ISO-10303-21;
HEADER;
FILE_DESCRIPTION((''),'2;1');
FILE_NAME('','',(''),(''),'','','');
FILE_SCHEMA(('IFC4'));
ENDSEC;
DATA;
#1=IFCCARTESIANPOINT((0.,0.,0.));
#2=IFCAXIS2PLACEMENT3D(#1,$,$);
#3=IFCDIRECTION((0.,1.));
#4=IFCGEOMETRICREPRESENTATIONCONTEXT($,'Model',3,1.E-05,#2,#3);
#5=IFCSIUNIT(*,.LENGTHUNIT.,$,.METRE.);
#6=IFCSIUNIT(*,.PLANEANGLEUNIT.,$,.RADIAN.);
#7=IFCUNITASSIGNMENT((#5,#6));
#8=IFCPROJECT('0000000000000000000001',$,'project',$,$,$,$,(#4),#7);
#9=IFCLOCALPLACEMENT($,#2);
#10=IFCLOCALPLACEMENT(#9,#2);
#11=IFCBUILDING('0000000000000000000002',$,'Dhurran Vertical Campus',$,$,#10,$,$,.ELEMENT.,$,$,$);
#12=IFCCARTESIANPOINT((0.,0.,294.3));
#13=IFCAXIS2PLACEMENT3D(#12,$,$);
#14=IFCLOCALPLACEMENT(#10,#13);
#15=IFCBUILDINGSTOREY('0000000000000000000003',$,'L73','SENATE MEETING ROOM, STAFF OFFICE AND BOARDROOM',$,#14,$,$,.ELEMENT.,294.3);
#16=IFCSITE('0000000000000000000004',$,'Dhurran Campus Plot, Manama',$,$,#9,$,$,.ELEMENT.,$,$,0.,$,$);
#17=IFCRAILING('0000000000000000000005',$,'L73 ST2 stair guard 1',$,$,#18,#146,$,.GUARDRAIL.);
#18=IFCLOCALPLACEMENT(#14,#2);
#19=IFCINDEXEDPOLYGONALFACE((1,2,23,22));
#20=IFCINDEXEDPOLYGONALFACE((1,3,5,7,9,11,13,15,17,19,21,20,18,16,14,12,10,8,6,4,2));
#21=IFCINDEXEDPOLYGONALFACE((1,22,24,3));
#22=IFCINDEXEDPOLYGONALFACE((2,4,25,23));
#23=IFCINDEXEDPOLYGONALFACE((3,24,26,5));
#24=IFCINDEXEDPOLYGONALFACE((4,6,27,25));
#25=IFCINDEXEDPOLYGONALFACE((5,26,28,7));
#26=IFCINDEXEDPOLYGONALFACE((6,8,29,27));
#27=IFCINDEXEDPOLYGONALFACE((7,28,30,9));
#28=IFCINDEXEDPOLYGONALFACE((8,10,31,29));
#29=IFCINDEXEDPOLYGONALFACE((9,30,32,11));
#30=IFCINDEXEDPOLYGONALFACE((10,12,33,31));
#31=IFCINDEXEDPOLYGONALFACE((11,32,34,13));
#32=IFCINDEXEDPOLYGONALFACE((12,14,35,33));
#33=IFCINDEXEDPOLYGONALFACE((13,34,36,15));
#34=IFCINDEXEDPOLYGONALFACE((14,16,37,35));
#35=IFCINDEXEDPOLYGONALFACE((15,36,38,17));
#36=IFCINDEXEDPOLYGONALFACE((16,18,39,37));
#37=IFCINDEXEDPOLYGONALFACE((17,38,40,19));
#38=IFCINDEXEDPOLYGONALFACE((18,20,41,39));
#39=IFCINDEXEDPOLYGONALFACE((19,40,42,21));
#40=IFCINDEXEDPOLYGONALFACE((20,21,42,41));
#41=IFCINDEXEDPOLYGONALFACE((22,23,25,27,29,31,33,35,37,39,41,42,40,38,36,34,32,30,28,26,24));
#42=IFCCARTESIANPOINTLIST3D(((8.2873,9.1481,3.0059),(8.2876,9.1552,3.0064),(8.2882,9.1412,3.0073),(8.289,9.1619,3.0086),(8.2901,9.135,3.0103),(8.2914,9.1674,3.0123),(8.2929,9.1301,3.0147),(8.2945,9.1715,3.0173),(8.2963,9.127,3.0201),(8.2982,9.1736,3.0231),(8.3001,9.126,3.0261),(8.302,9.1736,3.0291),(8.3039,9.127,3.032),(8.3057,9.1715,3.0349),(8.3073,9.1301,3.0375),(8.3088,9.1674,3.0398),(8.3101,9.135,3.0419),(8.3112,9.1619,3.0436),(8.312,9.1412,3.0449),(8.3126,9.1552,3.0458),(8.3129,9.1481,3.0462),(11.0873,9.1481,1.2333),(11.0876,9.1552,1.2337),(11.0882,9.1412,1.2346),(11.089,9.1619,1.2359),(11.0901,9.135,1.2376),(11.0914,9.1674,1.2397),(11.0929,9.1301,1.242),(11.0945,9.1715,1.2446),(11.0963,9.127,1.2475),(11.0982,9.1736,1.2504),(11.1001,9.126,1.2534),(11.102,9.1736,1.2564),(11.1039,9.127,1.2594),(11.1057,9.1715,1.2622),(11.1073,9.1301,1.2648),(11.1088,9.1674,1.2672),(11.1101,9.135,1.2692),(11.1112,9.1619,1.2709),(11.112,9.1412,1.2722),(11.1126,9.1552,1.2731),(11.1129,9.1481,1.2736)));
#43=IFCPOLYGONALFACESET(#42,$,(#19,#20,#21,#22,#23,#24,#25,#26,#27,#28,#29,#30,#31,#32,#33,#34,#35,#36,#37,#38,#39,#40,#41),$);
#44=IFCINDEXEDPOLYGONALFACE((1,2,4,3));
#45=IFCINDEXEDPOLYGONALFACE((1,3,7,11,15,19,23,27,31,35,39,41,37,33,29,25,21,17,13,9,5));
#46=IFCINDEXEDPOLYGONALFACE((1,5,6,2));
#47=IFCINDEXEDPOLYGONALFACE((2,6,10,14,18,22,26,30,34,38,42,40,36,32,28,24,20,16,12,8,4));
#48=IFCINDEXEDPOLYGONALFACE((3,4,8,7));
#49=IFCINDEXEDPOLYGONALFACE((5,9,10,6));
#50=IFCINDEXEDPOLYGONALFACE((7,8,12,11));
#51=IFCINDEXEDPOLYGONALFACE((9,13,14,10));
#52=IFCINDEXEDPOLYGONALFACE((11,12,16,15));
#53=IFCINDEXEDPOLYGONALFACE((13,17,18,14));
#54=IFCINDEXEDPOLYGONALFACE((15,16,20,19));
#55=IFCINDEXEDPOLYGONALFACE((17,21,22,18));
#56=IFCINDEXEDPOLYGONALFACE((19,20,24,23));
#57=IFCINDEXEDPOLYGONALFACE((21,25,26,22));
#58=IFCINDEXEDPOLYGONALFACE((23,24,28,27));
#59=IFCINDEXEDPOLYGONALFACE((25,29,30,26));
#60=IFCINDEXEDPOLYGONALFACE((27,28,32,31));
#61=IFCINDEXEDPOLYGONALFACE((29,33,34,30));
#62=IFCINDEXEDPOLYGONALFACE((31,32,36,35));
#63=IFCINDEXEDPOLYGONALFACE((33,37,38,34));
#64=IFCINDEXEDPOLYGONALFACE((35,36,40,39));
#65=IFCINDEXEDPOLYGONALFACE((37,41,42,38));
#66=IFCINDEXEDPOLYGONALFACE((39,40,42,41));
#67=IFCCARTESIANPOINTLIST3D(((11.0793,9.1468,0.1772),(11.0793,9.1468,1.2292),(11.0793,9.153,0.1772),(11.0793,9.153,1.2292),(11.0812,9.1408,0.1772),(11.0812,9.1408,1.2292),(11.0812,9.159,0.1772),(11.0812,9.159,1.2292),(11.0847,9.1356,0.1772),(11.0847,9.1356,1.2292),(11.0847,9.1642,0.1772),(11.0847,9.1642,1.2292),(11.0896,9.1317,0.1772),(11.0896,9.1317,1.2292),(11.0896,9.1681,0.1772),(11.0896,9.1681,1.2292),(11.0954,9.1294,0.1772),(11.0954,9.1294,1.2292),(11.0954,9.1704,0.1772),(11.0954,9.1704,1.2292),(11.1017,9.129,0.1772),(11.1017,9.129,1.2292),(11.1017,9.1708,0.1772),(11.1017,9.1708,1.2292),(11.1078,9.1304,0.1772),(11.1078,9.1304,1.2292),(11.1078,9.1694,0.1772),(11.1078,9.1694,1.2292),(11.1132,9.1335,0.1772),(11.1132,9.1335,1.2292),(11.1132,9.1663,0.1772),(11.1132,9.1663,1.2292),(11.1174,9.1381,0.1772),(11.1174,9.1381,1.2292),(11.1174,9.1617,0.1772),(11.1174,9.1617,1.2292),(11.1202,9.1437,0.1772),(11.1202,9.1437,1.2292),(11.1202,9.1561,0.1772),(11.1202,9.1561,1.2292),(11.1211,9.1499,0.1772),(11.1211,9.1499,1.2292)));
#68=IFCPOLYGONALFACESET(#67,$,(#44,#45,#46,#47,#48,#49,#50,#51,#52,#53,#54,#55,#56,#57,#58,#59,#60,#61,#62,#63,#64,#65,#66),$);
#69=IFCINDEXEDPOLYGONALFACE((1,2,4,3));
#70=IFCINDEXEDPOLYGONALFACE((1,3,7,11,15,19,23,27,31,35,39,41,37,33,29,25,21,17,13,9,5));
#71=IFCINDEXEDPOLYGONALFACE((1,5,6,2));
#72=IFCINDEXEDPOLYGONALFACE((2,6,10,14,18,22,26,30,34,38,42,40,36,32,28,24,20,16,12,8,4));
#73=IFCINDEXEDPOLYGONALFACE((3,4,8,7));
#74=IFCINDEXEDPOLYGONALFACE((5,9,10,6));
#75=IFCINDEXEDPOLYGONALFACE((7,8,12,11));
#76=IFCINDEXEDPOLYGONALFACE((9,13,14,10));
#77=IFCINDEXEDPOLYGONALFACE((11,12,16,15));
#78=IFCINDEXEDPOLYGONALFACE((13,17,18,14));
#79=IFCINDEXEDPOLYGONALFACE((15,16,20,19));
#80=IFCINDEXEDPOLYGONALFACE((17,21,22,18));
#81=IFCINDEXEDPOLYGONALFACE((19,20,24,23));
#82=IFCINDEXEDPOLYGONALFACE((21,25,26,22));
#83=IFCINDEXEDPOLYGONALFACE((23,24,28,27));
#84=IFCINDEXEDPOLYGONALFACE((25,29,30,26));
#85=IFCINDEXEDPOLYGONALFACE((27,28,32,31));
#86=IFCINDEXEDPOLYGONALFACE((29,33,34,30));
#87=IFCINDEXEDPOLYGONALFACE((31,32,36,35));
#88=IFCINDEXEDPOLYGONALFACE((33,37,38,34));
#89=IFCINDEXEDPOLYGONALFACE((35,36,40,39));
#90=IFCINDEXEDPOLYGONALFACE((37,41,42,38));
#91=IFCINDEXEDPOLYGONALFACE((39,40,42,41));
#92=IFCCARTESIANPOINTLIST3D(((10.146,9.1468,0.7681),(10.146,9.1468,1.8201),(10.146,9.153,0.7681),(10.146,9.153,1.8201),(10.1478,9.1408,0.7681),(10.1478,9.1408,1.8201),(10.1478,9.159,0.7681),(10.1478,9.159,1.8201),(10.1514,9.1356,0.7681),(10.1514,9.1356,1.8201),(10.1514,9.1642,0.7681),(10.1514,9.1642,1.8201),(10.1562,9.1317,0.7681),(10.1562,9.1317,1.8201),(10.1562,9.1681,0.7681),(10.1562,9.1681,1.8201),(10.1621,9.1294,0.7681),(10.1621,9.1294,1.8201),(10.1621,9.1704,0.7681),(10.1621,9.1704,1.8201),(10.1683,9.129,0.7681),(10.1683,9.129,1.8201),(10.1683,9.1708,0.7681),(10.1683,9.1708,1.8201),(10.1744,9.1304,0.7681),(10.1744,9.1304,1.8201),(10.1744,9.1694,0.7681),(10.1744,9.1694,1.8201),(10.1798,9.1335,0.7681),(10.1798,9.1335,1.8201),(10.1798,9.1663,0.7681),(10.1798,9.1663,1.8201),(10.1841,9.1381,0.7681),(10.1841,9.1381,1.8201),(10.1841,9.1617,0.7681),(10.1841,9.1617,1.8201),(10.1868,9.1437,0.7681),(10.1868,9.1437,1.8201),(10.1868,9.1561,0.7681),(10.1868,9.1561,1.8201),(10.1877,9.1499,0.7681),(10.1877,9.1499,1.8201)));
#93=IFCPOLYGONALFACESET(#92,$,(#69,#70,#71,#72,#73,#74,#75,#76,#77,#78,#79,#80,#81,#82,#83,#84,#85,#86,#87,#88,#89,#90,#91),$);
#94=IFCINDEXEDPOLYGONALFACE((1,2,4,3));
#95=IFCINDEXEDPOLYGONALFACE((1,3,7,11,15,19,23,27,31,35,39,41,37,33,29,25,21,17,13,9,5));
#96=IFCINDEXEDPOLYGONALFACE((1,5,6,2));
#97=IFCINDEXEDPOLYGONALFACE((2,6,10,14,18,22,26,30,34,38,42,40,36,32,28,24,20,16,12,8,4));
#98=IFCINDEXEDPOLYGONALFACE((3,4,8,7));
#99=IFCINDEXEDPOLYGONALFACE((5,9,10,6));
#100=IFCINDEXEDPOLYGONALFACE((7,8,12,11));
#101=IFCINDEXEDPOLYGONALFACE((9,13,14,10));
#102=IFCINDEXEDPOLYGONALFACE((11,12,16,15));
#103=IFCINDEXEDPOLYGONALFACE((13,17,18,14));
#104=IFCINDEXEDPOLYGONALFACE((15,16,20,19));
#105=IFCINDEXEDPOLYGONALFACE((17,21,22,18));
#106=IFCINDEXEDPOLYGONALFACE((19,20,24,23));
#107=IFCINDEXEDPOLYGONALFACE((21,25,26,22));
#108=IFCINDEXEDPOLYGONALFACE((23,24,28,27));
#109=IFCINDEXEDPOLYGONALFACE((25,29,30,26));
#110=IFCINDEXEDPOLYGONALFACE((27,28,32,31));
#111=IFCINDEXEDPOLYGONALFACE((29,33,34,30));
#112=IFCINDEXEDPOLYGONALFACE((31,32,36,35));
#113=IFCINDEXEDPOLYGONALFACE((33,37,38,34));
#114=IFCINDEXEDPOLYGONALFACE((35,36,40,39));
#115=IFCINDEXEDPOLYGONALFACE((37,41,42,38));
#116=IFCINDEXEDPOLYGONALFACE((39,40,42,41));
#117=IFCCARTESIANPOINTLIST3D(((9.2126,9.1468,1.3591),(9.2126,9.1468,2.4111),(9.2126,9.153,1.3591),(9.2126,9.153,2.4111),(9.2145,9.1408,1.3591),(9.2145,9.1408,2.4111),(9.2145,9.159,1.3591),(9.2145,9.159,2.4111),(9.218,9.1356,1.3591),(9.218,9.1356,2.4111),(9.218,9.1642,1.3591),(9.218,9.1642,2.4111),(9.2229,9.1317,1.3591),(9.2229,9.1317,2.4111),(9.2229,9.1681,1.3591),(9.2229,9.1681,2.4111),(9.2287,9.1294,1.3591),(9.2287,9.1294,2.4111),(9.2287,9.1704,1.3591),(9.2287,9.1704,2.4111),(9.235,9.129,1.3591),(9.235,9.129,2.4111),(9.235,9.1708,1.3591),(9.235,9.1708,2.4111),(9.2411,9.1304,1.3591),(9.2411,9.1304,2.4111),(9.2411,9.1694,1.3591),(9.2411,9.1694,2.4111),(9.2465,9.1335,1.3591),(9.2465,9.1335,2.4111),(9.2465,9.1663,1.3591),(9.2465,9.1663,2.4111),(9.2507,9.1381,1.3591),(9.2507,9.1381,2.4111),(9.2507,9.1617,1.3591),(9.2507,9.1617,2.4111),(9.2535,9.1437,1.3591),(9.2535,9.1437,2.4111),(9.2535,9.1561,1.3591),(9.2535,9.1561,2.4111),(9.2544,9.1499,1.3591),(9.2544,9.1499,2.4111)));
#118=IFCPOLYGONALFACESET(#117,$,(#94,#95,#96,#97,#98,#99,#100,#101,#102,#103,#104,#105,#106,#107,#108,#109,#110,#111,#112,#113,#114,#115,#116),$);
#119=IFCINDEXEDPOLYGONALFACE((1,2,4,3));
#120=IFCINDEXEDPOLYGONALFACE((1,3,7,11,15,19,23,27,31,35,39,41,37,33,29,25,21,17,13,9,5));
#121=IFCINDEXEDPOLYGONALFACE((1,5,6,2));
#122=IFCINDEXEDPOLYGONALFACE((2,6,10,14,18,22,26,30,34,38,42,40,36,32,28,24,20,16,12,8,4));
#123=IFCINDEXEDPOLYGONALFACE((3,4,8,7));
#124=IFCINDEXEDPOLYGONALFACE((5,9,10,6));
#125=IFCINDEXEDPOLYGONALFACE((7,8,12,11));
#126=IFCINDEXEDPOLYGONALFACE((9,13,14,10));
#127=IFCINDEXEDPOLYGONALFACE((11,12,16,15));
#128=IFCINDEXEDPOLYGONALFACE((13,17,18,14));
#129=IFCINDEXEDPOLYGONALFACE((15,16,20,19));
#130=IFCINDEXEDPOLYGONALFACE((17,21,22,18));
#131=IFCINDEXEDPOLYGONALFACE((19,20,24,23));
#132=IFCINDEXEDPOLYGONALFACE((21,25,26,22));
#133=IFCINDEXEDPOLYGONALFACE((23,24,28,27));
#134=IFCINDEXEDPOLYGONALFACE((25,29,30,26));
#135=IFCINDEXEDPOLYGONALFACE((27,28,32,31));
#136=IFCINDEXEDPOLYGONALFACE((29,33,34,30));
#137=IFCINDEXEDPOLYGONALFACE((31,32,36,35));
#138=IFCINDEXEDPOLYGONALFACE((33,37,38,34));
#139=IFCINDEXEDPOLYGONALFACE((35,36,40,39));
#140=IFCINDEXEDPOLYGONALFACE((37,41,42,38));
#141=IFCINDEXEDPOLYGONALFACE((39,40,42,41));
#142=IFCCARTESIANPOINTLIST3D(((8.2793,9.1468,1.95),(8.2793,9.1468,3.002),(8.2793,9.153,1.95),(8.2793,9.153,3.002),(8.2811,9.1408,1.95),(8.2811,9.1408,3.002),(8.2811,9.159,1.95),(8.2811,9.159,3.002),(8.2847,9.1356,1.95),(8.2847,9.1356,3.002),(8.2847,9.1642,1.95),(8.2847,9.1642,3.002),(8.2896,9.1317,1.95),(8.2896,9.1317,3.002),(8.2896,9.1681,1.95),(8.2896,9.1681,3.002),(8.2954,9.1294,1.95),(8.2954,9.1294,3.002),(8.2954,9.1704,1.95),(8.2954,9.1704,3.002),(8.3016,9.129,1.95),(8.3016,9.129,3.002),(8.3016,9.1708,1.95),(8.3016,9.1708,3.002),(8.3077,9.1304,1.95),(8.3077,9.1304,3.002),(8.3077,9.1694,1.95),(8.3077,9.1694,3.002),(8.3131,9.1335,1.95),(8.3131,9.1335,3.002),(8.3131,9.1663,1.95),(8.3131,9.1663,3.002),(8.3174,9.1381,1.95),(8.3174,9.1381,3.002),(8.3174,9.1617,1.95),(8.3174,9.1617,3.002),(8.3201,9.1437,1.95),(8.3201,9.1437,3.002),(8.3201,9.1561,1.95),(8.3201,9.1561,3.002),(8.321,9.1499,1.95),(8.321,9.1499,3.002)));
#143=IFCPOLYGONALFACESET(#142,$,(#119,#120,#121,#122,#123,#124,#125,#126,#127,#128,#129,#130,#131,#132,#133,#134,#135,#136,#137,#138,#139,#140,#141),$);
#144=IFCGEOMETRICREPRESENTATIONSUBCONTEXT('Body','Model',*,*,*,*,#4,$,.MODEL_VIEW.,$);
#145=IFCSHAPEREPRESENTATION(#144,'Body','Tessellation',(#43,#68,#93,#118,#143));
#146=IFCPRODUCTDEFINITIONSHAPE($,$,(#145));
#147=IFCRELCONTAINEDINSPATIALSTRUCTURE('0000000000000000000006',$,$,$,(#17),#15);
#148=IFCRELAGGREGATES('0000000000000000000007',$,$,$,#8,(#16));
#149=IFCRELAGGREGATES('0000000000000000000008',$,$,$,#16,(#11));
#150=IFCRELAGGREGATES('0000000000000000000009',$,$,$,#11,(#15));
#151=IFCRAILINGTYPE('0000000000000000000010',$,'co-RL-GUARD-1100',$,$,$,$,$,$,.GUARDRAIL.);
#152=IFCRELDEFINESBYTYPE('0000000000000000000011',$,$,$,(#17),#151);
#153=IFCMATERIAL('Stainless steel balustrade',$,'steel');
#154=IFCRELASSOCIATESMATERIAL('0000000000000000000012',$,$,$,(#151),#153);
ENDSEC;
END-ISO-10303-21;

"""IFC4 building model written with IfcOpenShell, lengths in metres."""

from ifc_helpers import new_model, si_unit, direction, frame, origin, origin_2d, place, context, subcontext, project, spatial, circle, extrude, material, type_object, element, save


model = new_model("IFC4")

# Units and contexts
model_context = context("Model", 3, precision=1e-05, world=origin(), true_north=direction((0.0, 1.0)))
body_context = subcontext(model_context, "Body", "Model", "MODEL_VIEW")
ifc_project = project(units=[si_unit("LENGTHUNIT", "METRE"), si_unit("PLANEANGLEUNIT", "RADIAN")], contexts=[model_context])

# Site, building, storey
site_placement = place(None, origin())
site = spatial("IfcSite", under=ifc_project, at=site_placement, Name="Dhurran Campus Plot, Manama", CompositionType="ELEMENT", RefElevation=0.0)
building_placement = place(site_placement, origin())
building = spatial("IfcBuilding", under=site, at=building_placement, Name="Dhurran Vertical Campus", CompositionType="ELEMENT")
storey_placement = place(building_placement, frame((0.0, 0.0, 294.3)))
storey = spatial("IfcBuildingStorey", under=building, at=storey_placement, Name="L73", Description="SENATE MEETING ROOM, STAFF OFFICE AND BOARDROOM", CompositionType="ELEMENT", Elevation=294.3)

# Railing
ifc_material_1 = material(Name="Stainless steel balustrade", Category="steel")
railing_type_1 = type_object("IfcRailingType", Name="co-RL-GUARD-1100", PredefinedType="GUARDRAIL", material=ifc_material_1)
railing_1_placement = place(storey_placement, frame((11.1001, 9.1499, 0.1772)))
element("IfcRailing", 1, at=railing_1_placement, inside=storey, type_object=railing_type_1, Name="L73 ST2 stair guard 1", PredefinedType="GUARDRAIL", context=body_context, shape_type="SweptSolid", body=[
    extrude(circle(Radius=0.0239, at=origin_2d()), frame((0.0, 0.0, 1.0762), z_axis=(-0.844909, 0.0, 0.53491), x_axis=(0.0, -1.0, 0.0)), (0.0, 0.0, 1.0), 3.314),
    extrude(circle(Radius=0.021, at=origin_2d()), origin(), (0.0, 0.0, 1.0), 1.052),
    extrude(circle(Radius=0.021, at=origin_2d()), frame((-0.9333, 0.0, 0.5908)), (0.0, 0.0, 1.0), 1.052),
    extrude(circle(Radius=0.021, at=origin_2d()), frame((-1.8667, 0.0, 1.1819)), (0.0, 0.0, 1.0), 1.052),
    extrude(circle(Radius=0.021, at=origin_2d()), frame((-2.8, 0.0, 1.7727)), (0.0, 0.0, 1.0), 1.052),
])

save(model, "model.ifc")
